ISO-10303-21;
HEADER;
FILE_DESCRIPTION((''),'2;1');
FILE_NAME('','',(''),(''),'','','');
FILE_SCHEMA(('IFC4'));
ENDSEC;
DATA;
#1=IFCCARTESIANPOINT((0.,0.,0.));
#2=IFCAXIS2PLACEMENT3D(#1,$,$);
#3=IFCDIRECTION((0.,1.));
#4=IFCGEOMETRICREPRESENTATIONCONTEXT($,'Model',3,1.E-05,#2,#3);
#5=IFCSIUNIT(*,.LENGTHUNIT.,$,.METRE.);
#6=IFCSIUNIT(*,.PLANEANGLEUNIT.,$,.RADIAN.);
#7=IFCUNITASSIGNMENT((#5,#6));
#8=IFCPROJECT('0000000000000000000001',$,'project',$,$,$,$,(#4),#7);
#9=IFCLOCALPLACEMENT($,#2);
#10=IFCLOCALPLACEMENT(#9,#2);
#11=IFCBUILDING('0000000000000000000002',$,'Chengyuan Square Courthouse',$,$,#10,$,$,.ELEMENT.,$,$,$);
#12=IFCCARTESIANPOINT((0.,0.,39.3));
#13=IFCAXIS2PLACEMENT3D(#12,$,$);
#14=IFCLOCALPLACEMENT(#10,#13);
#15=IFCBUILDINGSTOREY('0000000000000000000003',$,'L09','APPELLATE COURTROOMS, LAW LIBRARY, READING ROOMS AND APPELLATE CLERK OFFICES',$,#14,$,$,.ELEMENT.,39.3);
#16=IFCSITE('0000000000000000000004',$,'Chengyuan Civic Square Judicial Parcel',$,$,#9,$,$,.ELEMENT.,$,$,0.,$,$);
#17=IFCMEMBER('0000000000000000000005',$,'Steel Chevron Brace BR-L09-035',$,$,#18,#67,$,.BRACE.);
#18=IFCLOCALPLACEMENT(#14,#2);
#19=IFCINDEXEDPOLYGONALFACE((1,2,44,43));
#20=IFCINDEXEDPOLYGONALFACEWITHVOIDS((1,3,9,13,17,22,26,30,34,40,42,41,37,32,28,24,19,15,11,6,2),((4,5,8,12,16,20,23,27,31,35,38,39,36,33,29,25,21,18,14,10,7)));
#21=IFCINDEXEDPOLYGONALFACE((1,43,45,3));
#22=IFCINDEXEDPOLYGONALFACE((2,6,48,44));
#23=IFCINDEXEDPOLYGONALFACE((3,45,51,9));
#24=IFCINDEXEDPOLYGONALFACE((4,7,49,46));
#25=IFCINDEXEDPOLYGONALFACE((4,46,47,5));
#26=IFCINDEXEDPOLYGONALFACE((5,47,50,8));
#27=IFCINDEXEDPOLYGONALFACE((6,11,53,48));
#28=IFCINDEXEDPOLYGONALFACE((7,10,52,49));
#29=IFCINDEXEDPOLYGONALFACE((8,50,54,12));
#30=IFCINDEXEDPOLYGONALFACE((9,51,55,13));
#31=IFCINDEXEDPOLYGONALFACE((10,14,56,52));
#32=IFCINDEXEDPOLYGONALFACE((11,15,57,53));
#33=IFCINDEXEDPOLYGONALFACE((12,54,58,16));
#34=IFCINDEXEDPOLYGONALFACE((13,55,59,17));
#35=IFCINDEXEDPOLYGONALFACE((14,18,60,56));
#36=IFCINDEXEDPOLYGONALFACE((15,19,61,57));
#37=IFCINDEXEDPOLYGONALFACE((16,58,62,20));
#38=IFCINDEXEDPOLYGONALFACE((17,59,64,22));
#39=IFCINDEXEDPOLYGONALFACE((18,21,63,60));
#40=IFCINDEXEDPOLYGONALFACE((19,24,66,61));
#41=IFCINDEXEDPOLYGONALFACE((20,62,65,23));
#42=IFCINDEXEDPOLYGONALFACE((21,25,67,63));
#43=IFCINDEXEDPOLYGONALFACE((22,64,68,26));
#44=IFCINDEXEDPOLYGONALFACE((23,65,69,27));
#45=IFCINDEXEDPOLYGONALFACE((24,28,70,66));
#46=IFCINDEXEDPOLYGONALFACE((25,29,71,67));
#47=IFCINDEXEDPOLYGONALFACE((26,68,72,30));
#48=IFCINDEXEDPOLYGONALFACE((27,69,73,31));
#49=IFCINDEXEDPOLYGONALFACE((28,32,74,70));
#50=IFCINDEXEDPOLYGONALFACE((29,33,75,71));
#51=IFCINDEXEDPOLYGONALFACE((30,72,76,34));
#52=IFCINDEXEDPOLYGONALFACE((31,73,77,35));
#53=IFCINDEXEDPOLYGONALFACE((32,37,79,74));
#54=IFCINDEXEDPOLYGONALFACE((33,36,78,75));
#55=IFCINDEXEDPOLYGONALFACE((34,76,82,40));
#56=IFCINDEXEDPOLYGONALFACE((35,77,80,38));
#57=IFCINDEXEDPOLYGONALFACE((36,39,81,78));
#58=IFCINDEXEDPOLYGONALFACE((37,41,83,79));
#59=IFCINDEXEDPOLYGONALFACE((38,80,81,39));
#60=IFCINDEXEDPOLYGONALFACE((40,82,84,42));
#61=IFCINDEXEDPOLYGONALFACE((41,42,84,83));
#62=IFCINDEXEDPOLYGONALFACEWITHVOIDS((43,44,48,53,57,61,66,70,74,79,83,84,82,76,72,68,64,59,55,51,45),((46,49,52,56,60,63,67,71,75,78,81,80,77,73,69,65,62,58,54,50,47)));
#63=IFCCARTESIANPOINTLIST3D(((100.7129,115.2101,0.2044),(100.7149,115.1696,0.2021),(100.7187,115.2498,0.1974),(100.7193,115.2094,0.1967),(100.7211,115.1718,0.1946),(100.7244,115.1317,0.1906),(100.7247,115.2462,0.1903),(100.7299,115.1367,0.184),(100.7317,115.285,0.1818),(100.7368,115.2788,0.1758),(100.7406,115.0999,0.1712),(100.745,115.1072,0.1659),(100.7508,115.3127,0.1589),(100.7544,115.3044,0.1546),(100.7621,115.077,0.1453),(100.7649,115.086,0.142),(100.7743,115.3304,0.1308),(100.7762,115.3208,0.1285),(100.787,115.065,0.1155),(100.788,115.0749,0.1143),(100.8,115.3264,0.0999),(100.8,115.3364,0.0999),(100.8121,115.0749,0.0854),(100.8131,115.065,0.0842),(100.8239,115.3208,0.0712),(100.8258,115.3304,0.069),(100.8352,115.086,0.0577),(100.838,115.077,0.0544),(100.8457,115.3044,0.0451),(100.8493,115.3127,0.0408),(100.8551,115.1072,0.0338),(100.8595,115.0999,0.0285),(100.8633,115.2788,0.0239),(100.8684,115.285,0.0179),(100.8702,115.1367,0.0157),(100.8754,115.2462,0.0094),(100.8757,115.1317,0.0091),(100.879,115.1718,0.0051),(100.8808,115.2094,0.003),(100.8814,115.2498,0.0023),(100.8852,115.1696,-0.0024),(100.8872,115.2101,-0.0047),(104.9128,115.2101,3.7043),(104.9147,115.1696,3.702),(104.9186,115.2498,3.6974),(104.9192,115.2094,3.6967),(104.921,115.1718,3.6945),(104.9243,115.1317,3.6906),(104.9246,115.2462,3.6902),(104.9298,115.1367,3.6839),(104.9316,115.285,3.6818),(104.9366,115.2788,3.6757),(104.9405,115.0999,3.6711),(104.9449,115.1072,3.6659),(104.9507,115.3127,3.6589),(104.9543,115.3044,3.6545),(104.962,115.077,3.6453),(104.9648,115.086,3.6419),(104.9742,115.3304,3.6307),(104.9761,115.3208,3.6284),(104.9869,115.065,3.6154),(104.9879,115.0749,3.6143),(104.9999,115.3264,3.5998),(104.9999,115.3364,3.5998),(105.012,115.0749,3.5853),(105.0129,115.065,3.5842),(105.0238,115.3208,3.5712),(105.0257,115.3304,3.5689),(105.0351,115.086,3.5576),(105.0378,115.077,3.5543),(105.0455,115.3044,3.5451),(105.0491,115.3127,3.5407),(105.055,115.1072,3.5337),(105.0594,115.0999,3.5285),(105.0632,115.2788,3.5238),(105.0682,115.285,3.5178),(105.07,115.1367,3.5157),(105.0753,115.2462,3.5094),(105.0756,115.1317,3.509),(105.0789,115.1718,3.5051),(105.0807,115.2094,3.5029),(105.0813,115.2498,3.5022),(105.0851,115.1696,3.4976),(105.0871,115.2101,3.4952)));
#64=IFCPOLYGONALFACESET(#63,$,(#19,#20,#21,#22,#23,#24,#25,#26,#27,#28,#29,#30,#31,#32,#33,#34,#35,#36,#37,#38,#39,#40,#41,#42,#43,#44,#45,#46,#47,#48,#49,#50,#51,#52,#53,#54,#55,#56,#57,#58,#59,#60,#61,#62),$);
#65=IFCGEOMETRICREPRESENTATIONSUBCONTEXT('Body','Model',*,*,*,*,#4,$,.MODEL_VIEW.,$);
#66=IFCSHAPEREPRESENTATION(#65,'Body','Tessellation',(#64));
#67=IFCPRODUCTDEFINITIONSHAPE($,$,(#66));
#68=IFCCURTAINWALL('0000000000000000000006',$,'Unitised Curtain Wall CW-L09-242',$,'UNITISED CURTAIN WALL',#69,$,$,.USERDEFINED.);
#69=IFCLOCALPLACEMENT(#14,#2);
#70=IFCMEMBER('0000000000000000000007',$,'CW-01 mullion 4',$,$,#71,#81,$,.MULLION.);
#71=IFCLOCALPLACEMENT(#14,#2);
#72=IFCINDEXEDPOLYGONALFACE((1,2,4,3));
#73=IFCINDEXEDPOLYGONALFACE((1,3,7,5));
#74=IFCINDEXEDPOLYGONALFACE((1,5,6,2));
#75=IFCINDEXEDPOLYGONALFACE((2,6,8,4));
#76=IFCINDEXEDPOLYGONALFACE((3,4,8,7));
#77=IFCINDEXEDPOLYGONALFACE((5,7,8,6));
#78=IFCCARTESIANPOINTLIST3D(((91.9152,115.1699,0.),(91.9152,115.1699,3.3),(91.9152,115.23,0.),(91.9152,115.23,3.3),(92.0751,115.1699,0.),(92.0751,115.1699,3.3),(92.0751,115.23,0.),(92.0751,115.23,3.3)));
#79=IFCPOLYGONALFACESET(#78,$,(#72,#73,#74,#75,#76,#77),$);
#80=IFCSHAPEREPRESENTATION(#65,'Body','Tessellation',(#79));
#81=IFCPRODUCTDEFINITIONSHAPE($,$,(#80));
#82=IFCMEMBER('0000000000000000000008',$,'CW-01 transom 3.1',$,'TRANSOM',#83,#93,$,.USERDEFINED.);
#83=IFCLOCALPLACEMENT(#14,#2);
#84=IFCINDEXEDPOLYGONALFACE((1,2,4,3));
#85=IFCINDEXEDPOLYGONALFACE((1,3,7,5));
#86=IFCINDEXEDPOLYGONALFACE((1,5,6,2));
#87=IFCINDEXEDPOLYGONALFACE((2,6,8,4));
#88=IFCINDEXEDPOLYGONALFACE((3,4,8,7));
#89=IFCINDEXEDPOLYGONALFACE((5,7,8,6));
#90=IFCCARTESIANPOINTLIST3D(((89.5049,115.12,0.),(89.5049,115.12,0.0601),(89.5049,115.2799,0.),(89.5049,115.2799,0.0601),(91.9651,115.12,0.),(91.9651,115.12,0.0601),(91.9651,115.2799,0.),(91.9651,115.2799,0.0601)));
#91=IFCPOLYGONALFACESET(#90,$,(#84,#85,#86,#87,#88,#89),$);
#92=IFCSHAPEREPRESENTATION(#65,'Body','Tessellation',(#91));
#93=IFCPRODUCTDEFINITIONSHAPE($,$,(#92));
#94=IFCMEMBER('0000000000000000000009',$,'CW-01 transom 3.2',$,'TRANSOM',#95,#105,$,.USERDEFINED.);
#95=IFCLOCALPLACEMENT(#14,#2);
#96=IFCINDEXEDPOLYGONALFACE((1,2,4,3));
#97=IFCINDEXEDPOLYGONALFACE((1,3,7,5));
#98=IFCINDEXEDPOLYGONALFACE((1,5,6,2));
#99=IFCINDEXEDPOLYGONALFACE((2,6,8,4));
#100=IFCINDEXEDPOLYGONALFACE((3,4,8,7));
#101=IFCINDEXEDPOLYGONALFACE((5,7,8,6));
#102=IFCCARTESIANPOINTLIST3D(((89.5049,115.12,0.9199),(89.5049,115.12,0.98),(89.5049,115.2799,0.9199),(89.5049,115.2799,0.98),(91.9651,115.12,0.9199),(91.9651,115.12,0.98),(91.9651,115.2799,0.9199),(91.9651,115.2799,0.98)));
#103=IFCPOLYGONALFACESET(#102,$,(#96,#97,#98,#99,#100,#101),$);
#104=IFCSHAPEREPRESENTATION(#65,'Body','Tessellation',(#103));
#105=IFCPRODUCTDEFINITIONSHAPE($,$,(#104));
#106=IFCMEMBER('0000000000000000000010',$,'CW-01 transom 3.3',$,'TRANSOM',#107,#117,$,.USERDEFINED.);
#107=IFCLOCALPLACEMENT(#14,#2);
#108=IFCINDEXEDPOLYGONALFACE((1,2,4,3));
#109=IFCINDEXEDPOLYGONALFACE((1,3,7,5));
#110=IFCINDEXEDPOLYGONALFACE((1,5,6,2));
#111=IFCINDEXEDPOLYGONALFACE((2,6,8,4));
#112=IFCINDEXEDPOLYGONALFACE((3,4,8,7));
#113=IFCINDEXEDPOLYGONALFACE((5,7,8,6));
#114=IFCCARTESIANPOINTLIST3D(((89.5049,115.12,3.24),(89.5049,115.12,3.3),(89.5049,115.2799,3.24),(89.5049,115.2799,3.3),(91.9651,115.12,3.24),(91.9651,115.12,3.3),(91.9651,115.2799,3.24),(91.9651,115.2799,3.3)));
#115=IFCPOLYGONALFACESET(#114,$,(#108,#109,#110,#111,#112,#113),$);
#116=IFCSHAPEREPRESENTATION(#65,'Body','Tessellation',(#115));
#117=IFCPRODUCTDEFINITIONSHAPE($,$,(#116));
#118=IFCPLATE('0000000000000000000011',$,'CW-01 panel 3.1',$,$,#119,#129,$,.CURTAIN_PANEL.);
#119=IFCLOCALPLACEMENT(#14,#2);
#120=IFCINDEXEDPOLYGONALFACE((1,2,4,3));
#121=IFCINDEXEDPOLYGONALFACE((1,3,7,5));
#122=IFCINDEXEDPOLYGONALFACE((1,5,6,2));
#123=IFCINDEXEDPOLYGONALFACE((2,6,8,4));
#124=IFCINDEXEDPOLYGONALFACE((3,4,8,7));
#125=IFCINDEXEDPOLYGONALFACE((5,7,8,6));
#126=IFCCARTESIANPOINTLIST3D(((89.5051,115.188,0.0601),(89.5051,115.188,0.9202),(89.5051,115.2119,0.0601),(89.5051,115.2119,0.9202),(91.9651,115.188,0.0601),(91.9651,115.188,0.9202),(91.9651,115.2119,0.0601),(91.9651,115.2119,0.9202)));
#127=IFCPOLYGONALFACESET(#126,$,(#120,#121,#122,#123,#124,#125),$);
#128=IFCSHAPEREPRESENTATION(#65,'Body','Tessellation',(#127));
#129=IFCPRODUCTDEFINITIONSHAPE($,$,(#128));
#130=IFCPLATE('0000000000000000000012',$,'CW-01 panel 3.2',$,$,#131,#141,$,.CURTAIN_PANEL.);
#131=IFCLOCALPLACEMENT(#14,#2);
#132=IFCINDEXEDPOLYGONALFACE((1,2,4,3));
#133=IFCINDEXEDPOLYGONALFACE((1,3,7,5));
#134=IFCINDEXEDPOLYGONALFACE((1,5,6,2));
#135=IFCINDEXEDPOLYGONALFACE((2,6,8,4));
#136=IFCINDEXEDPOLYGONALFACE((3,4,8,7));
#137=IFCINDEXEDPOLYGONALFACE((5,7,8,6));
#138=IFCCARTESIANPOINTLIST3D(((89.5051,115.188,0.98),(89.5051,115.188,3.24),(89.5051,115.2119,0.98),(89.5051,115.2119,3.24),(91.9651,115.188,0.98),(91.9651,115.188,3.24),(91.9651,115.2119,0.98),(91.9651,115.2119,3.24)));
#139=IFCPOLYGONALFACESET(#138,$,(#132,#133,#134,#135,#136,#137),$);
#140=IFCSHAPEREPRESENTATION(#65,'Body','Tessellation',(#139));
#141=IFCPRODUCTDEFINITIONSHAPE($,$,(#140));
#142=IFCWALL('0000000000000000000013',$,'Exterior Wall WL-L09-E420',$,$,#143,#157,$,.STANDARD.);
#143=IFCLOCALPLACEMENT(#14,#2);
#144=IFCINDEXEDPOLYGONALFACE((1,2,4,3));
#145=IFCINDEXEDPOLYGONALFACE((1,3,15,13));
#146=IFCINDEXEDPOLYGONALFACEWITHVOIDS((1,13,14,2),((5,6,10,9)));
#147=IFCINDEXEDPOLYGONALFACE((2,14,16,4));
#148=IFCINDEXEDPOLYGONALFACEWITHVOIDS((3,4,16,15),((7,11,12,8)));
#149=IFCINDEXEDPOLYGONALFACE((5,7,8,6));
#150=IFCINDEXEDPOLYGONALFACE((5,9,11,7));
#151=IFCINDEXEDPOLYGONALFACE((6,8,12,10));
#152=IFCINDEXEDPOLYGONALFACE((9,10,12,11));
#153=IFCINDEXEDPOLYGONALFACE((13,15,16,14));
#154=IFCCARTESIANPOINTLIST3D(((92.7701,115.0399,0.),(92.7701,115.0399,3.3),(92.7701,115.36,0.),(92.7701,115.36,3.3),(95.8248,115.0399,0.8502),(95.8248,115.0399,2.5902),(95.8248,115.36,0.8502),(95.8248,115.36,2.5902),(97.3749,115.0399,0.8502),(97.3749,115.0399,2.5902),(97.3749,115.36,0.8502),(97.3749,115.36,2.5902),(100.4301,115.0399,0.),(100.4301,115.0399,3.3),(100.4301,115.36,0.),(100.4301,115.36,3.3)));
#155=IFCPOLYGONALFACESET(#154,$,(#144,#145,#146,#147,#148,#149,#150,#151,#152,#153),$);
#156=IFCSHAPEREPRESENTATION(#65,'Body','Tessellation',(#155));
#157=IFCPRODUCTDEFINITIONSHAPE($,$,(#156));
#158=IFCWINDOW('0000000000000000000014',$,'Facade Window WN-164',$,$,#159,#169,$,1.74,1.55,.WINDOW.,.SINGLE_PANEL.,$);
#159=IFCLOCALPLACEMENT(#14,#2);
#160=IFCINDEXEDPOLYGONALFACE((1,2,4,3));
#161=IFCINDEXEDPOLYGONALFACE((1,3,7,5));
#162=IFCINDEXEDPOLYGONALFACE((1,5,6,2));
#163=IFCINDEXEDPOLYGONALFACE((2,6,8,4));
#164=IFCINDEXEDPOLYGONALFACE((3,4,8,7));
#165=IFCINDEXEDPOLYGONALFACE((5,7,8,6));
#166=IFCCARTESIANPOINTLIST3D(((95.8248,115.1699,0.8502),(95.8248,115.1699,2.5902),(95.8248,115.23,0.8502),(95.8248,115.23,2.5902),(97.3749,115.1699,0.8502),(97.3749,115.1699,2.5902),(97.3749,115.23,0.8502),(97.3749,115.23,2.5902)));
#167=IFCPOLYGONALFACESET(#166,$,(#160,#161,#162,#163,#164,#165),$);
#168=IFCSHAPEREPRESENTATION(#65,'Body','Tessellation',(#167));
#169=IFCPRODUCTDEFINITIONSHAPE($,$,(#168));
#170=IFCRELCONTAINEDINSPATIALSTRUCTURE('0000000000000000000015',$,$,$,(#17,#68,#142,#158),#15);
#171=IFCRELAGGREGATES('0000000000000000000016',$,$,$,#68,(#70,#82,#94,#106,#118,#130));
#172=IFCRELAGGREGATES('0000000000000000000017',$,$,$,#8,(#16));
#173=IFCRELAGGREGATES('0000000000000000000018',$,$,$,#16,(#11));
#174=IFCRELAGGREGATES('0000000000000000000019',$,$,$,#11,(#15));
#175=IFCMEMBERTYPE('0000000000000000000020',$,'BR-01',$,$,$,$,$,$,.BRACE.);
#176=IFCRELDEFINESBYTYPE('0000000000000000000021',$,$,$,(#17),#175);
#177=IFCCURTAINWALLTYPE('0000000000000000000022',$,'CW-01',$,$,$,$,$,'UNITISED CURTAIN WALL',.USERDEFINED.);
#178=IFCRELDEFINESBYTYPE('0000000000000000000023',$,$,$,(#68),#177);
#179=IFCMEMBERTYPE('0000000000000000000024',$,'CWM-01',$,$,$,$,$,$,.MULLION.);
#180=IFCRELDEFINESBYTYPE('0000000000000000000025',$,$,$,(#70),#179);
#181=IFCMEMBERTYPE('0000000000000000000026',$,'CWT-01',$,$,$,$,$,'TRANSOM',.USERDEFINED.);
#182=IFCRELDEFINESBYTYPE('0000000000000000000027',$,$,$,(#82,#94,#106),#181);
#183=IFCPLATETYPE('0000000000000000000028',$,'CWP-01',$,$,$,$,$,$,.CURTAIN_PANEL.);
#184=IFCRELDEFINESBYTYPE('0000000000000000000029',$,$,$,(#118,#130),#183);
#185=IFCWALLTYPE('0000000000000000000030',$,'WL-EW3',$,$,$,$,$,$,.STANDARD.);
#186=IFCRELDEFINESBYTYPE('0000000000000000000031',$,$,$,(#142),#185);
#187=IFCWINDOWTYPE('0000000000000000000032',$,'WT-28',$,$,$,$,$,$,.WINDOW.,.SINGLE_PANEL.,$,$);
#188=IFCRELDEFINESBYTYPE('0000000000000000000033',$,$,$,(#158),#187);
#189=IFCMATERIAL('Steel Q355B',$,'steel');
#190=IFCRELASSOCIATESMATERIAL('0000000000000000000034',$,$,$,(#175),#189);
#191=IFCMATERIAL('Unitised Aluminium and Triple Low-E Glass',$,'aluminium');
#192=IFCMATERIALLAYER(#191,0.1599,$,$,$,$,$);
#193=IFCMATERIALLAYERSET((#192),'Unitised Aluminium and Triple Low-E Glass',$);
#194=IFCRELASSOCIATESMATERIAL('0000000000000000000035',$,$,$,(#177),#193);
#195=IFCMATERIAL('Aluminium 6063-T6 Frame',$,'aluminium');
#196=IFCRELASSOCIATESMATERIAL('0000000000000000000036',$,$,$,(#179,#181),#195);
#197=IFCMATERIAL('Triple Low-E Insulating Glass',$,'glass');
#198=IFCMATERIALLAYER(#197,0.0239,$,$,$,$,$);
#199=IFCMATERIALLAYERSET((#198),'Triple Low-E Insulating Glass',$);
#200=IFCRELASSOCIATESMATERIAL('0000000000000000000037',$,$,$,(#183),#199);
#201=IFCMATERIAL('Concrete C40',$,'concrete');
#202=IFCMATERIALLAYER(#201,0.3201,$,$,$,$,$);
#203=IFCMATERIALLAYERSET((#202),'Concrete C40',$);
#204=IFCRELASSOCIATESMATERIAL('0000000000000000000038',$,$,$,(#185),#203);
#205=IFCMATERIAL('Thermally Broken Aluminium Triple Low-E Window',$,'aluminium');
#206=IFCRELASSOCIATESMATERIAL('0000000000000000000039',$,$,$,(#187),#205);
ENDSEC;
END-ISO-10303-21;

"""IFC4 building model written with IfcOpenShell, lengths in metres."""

from ifc_helpers import new_model, si_unit, direction, frame, frame_2d, origin, origin_2d, place, context, subcontext, project, spatial, rectangle, hollow_circle, extrude, material, layer, layer_set, material_profile, profile_set, type_object, element, fill, aggregate, save


model = new_model("IFC4")

# Units and contexts
model_context = context("Model", 3, precision=1e-05, world=origin(), true_north=direction((0.0, 1.0)))
body_context = subcontext(model_context, "Body", "Model", "MODEL_VIEW")
ifc_project = project(units=[si_unit("LENGTHUNIT", "METRE"), si_unit("PLANEANGLEUNIT", "RADIAN")], contexts=[model_context])

# Site, building, storey
site_placement = place(None, origin())
site = spatial("IfcSite", under=ifc_project, at=site_placement, Name="Chengyuan Civic Square Judicial Parcel", CompositionType="ELEMENT", RefElevation=0.0)
building_placement = place(site_placement, origin())
building = spatial("IfcBuilding", under=site, at=building_placement, Name="Chengyuan Square Courthouse", CompositionType="ELEMENT")
storey_placement = place(building_placement, frame((0.0, 0.0, 39.3)))
storey = spatial("IfcBuildingStorey", under=building, at=storey_placement, Name="L09", Description="APPELLATE COURTROOMS, LAW LIBRARY, READING ROOMS AND APPELLATE CLERK OFFICES", CompositionType="ELEMENT", Elevation=39.3)

# Shared definitions
ifc_material_1 = material(Name="Concrete C40", Category="concrete")

# Shared definitions
ifc_material_2 = material(Name="Steel Q355B", Category="steel")

# Member
ifc_material_profile_1 = material_profile(ifc_material_2, hollow_circle(Radius=0.1365, WallThickness=0.01, at=origin_2d()), Name="CHS 273x10")
ifc_profile_set_1 = profile_set([ifc_material_profile_1], Name="Steel Q355B")
member_type_1 = type_object("IfcMemberType", Name="BR-01", PredefinedType="BRACE", material=ifc_profile_set_1)
member_1_placement = place(storey_placement, frame((100.8, 115.2, 0.0999), z_axis=(0.768218, 0.0, 0.640189), x_axis=(0.0, 1.0, 0.0)))
element("IfcMember", 1, at=member_1_placement, inside=storey, type_object=member_type_1, Name="Steel Chevron Brace BR-L09-035", PredefinedType="BRACE", context=body_context, shape_type="SweptSolid", body=[
    extrude(hollow_circle(Radius=0.1365, WallThickness=0.01, at=origin_2d()), origin(), (0.0, 0.0, 1.0), 5.467),
])

# Curtain wall, members, plates
ifc_material_3 = material(Name="Unitised Aluminium and Triple Low-E Glass", Category="aluminium")
ifc_layer_1 = layer(ifc_material_3, 0.1599)
ifc_layer_set_1 = layer_set([ifc_layer_1], Name="Unitised Aluminium and Triple Low-E Glass")
curtain_wall_type = type_object("IfcCurtainWallType", Name="CW-01", ElementType="UNITISED CURTAIN WALL", PredefinedType="USERDEFINED", material=ifc_layer_set_1)
curtain_wall_placement = place(storey_placement, origin())
curtain_wall = element("IfcCurtainWall", 2, at=curtain_wall_placement, inside=storey, type_object=curtain_wall_type, Name="Unitised Curtain Wall CW-L09-242", ObjectType="UNITISED CURTAIN WALL", PredefinedType="USERDEFINED")
ifc_material_4 = material(Name="Aluminium 6063-T6 Frame", Category="aluminium")
ifc_material_profile_2 = material_profile(ifc_material_4, rectangle(XDim=0.0601, YDim=0.1599, at=origin_2d()), Name="CW-MUL-60x160")
ifc_profile_set_2 = profile_set([ifc_material_profile_2], Name="Aluminium 6063-T6 Frame")
member_type_2 = type_object("IfcMemberType", Name="CWM-01", PredefinedType="MULLION", material=ifc_profile_set_2)
member_2_placement = place(storey_placement, frame((91.9951, 115.2, 0.0), z_axis=(0.0, 0.0, 1.0), x_axis=(0.0, 1.0, 0.0)))
member_2 = element("IfcMember", 3, at=member_2_placement, type_object=member_type_2, Name="CW-01 mullion 4", PredefinedType="MULLION", context=body_context, shape_type="SweptSolid", body=[
    extrude(rectangle(XDim=0.0601, YDim=0.1599, at=origin_2d()), origin(), (0.0, 0.0, 1.0), 3.3),
])
ifc_material_profile_3 = material_profile(ifc_material_4, rectangle(XDim=0.1599, YDim=0.0601, at=origin_2d()), Name="CW-TRN-60x120")
ifc_profile_set_3 = profile_set([ifc_material_profile_3], Name="Aluminium 6063-T6 Frame")
member_type_3 = type_object("IfcMemberType", Name="CWT-01", ElementType="TRANSOM", PredefinedType="USERDEFINED", material=ifc_profile_set_3)
member_3_placement = place(storey_placement, frame((89.5049, 115.2, 0.03), z_axis=(1.0, 0.0, 0.0), x_axis=(0.0, 1.0, 0.0)))
member_3 = element("IfcMember", 4, at=member_3_placement, type_object=member_type_3, Name="CW-01 transom 3.1", ObjectType="TRANSOM", PredefinedType="USERDEFINED", context=body_context, shape_type="SweptSolid", body=[
    extrude(rectangle(XDim=0.1599, YDim=0.0601, at=origin_2d()), origin(), (0.0, 0.0, 1.0), 2.4602),
])
member_4_placement = place(storey_placement, frame((89.5049, 115.2, 0.95), z_axis=(1.0, 0.0, 0.0), x_axis=(0.0, 1.0, 0.0)))
member_4 = element("IfcMember", 5, at=member_4_placement, type_object=member_type_3, Name="CW-01 transom 3.2", ObjectType="TRANSOM", PredefinedType="USERDEFINED", context=body_context, shape_type="SweptSolid", body=[
    extrude(rectangle(XDim=0.1599, YDim=0.0601, at=origin_2d()), origin(), (0.0, 0.0, 1.0), 2.4602),
])
member_5_placement = place(storey_placement, frame((89.5049, 115.2, 3.27), z_axis=(1.0, 0.0, 0.0), x_axis=(0.0, 1.0, 0.0)))
member_5 = element("IfcMember", 6, at=member_5_placement, type_object=member_type_3, Name="CW-01 transom 3.3", ObjectType="TRANSOM", PredefinedType="USERDEFINED", context=body_context, shape_type="SweptSolid", body=[
    extrude(rectangle(XDim=0.1599, YDim=0.0601, at=origin_2d()), origin(), (0.0, 0.0, 1.0), 2.4602),
])
ifc_material_5 = material(Name="Triple Low-E Insulating Glass", Category="glass")
ifc_layer_2 = layer(ifc_material_5, 0.0239)
ifc_layer_set_2 = layer_set([ifc_layer_2], Name="Triple Low-E Insulating Glass")
plate_type = type_object("IfcPlateType", Name="CWP-01", PredefinedType="CURTAIN_PANEL", material=ifc_layer_set_2)
plate_1_placement = place(storey_placement, frame((90.7351, 115.2, 0.0601), z_axis=(0.0, 0.0, 1.0), x_axis=(1.0, 0.0, 0.0)))
plate_1 = element("IfcPlate", 7, at=plate_1_placement, type_object=plate_type, Name="CW-01 panel 3.1", PredefinedType="CURTAIN_PANEL", context=body_context, shape_type="SweptSolid", body=[
    extrude(rectangle(XDim=2.46, YDim=0.0239, at=origin_2d()), origin(), (0.0, 0.0, 1.0), 0.8601),
])
plate_2_placement = place(storey_placement, frame((90.7351, 115.2, 0.98), z_axis=(0.0, 0.0, 1.0), x_axis=(1.0, 0.0, 0.0)))
plate_2 = element("IfcPlate", 8, at=plate_2_placement, type_object=plate_type, Name="CW-01 panel 3.2", PredefinedType="CURTAIN_PANEL", context=body_context, shape_type="SweptSolid", body=[
    extrude(rectangle(XDim=2.46, YDim=0.0239, at=origin_2d()), origin(), (0.0, 0.0, 1.0), 2.26),
])
aggregate(curtain_wall, [member_2, member_3, member_4, member_5, plate_1, plate_2])

# Wall, opening, window
ifc_layer_3 = layer(ifc_material_1, 0.3201)
ifc_layer_set_3 = layer_set([ifc_layer_3], Name="Concrete C40")
wall_type_1 = type_object("IfcWallType", Name="WL-EW3", PredefinedType="STANDARD", material=ifc_layer_set_3)
wall_1_placement = place(storey_placement, frame((92.77, 115.2, 0.0), z_axis=(0.0, 0.0, 1.0), x_axis=(1.0, 0.0, 0.0)))
wall_1 = element("IfcWall", 9, at=wall_1_placement, inside=storey, type_object=wall_type_1, Name="Exterior Wall WL-L09-E420", PredefinedType="STANDARD", context=body_context, shape_type="SweptSolid", body=[
    extrude(rectangle(XDim=7.6599, YDim=0.3201, at=frame_2d((3.8301, 0.0))), origin(), (0.0, 0.0, 1.0), 3.3),
])
opening_1_placement = place(wall_1_placement, frame((3.0549, 0.0, 0.8501)))
opening_1 = element("IfcOpeningElement", 10, at=opening_1_placement, cuts=wall_1, PredefinedType="OPENING", context=body_context, shape_type="SweptSolid", body=[
    extrude(rectangle(XDim=1.55, YDim=1.74, at=frame_2d((0.7749, 0.8701))), frame((0.0, 0.1721, 0.0), z_axis=(0.0, -1.0, 0.0), x_axis=(1.0, 0.0, 0.0)), (0.0, 0.0, 1.0), 0.344),
])
ifc_material_6 = material(Name="Thermally Broken Aluminium Triple Low-E Window", Category="aluminium")
window_type = type_object("IfcWindowType", Name="WT-28", PartitioningType="SINGLE_PANEL", PredefinedType="WINDOW", material=ifc_material_6)
window_placement = place(opening_1_placement, origin())
window = element("IfcWindow", 11, at=window_placement, inside=storey, type_object=window_type, Name="Facade Window WN-164", OverallHeight=1.74, OverallWidth=1.55, PartitioningType="SINGLE_PANEL", PredefinedType="WINDOW", context=body_context, shape_type="SweptSolid", body=[
    extrude(rectangle(XDim=1.55, YDim=1.74, at=frame_2d((0.7749, 0.8701))), frame((0.0, 0.03, 0.0), z_axis=(0.0, -1.0, 0.0), x_axis=(1.0, 0.0, 0.0)), (0.0, 0.0, 1.0), 0.0601),
])
fill(opening_1, window)

save(model, "model.ifc")
